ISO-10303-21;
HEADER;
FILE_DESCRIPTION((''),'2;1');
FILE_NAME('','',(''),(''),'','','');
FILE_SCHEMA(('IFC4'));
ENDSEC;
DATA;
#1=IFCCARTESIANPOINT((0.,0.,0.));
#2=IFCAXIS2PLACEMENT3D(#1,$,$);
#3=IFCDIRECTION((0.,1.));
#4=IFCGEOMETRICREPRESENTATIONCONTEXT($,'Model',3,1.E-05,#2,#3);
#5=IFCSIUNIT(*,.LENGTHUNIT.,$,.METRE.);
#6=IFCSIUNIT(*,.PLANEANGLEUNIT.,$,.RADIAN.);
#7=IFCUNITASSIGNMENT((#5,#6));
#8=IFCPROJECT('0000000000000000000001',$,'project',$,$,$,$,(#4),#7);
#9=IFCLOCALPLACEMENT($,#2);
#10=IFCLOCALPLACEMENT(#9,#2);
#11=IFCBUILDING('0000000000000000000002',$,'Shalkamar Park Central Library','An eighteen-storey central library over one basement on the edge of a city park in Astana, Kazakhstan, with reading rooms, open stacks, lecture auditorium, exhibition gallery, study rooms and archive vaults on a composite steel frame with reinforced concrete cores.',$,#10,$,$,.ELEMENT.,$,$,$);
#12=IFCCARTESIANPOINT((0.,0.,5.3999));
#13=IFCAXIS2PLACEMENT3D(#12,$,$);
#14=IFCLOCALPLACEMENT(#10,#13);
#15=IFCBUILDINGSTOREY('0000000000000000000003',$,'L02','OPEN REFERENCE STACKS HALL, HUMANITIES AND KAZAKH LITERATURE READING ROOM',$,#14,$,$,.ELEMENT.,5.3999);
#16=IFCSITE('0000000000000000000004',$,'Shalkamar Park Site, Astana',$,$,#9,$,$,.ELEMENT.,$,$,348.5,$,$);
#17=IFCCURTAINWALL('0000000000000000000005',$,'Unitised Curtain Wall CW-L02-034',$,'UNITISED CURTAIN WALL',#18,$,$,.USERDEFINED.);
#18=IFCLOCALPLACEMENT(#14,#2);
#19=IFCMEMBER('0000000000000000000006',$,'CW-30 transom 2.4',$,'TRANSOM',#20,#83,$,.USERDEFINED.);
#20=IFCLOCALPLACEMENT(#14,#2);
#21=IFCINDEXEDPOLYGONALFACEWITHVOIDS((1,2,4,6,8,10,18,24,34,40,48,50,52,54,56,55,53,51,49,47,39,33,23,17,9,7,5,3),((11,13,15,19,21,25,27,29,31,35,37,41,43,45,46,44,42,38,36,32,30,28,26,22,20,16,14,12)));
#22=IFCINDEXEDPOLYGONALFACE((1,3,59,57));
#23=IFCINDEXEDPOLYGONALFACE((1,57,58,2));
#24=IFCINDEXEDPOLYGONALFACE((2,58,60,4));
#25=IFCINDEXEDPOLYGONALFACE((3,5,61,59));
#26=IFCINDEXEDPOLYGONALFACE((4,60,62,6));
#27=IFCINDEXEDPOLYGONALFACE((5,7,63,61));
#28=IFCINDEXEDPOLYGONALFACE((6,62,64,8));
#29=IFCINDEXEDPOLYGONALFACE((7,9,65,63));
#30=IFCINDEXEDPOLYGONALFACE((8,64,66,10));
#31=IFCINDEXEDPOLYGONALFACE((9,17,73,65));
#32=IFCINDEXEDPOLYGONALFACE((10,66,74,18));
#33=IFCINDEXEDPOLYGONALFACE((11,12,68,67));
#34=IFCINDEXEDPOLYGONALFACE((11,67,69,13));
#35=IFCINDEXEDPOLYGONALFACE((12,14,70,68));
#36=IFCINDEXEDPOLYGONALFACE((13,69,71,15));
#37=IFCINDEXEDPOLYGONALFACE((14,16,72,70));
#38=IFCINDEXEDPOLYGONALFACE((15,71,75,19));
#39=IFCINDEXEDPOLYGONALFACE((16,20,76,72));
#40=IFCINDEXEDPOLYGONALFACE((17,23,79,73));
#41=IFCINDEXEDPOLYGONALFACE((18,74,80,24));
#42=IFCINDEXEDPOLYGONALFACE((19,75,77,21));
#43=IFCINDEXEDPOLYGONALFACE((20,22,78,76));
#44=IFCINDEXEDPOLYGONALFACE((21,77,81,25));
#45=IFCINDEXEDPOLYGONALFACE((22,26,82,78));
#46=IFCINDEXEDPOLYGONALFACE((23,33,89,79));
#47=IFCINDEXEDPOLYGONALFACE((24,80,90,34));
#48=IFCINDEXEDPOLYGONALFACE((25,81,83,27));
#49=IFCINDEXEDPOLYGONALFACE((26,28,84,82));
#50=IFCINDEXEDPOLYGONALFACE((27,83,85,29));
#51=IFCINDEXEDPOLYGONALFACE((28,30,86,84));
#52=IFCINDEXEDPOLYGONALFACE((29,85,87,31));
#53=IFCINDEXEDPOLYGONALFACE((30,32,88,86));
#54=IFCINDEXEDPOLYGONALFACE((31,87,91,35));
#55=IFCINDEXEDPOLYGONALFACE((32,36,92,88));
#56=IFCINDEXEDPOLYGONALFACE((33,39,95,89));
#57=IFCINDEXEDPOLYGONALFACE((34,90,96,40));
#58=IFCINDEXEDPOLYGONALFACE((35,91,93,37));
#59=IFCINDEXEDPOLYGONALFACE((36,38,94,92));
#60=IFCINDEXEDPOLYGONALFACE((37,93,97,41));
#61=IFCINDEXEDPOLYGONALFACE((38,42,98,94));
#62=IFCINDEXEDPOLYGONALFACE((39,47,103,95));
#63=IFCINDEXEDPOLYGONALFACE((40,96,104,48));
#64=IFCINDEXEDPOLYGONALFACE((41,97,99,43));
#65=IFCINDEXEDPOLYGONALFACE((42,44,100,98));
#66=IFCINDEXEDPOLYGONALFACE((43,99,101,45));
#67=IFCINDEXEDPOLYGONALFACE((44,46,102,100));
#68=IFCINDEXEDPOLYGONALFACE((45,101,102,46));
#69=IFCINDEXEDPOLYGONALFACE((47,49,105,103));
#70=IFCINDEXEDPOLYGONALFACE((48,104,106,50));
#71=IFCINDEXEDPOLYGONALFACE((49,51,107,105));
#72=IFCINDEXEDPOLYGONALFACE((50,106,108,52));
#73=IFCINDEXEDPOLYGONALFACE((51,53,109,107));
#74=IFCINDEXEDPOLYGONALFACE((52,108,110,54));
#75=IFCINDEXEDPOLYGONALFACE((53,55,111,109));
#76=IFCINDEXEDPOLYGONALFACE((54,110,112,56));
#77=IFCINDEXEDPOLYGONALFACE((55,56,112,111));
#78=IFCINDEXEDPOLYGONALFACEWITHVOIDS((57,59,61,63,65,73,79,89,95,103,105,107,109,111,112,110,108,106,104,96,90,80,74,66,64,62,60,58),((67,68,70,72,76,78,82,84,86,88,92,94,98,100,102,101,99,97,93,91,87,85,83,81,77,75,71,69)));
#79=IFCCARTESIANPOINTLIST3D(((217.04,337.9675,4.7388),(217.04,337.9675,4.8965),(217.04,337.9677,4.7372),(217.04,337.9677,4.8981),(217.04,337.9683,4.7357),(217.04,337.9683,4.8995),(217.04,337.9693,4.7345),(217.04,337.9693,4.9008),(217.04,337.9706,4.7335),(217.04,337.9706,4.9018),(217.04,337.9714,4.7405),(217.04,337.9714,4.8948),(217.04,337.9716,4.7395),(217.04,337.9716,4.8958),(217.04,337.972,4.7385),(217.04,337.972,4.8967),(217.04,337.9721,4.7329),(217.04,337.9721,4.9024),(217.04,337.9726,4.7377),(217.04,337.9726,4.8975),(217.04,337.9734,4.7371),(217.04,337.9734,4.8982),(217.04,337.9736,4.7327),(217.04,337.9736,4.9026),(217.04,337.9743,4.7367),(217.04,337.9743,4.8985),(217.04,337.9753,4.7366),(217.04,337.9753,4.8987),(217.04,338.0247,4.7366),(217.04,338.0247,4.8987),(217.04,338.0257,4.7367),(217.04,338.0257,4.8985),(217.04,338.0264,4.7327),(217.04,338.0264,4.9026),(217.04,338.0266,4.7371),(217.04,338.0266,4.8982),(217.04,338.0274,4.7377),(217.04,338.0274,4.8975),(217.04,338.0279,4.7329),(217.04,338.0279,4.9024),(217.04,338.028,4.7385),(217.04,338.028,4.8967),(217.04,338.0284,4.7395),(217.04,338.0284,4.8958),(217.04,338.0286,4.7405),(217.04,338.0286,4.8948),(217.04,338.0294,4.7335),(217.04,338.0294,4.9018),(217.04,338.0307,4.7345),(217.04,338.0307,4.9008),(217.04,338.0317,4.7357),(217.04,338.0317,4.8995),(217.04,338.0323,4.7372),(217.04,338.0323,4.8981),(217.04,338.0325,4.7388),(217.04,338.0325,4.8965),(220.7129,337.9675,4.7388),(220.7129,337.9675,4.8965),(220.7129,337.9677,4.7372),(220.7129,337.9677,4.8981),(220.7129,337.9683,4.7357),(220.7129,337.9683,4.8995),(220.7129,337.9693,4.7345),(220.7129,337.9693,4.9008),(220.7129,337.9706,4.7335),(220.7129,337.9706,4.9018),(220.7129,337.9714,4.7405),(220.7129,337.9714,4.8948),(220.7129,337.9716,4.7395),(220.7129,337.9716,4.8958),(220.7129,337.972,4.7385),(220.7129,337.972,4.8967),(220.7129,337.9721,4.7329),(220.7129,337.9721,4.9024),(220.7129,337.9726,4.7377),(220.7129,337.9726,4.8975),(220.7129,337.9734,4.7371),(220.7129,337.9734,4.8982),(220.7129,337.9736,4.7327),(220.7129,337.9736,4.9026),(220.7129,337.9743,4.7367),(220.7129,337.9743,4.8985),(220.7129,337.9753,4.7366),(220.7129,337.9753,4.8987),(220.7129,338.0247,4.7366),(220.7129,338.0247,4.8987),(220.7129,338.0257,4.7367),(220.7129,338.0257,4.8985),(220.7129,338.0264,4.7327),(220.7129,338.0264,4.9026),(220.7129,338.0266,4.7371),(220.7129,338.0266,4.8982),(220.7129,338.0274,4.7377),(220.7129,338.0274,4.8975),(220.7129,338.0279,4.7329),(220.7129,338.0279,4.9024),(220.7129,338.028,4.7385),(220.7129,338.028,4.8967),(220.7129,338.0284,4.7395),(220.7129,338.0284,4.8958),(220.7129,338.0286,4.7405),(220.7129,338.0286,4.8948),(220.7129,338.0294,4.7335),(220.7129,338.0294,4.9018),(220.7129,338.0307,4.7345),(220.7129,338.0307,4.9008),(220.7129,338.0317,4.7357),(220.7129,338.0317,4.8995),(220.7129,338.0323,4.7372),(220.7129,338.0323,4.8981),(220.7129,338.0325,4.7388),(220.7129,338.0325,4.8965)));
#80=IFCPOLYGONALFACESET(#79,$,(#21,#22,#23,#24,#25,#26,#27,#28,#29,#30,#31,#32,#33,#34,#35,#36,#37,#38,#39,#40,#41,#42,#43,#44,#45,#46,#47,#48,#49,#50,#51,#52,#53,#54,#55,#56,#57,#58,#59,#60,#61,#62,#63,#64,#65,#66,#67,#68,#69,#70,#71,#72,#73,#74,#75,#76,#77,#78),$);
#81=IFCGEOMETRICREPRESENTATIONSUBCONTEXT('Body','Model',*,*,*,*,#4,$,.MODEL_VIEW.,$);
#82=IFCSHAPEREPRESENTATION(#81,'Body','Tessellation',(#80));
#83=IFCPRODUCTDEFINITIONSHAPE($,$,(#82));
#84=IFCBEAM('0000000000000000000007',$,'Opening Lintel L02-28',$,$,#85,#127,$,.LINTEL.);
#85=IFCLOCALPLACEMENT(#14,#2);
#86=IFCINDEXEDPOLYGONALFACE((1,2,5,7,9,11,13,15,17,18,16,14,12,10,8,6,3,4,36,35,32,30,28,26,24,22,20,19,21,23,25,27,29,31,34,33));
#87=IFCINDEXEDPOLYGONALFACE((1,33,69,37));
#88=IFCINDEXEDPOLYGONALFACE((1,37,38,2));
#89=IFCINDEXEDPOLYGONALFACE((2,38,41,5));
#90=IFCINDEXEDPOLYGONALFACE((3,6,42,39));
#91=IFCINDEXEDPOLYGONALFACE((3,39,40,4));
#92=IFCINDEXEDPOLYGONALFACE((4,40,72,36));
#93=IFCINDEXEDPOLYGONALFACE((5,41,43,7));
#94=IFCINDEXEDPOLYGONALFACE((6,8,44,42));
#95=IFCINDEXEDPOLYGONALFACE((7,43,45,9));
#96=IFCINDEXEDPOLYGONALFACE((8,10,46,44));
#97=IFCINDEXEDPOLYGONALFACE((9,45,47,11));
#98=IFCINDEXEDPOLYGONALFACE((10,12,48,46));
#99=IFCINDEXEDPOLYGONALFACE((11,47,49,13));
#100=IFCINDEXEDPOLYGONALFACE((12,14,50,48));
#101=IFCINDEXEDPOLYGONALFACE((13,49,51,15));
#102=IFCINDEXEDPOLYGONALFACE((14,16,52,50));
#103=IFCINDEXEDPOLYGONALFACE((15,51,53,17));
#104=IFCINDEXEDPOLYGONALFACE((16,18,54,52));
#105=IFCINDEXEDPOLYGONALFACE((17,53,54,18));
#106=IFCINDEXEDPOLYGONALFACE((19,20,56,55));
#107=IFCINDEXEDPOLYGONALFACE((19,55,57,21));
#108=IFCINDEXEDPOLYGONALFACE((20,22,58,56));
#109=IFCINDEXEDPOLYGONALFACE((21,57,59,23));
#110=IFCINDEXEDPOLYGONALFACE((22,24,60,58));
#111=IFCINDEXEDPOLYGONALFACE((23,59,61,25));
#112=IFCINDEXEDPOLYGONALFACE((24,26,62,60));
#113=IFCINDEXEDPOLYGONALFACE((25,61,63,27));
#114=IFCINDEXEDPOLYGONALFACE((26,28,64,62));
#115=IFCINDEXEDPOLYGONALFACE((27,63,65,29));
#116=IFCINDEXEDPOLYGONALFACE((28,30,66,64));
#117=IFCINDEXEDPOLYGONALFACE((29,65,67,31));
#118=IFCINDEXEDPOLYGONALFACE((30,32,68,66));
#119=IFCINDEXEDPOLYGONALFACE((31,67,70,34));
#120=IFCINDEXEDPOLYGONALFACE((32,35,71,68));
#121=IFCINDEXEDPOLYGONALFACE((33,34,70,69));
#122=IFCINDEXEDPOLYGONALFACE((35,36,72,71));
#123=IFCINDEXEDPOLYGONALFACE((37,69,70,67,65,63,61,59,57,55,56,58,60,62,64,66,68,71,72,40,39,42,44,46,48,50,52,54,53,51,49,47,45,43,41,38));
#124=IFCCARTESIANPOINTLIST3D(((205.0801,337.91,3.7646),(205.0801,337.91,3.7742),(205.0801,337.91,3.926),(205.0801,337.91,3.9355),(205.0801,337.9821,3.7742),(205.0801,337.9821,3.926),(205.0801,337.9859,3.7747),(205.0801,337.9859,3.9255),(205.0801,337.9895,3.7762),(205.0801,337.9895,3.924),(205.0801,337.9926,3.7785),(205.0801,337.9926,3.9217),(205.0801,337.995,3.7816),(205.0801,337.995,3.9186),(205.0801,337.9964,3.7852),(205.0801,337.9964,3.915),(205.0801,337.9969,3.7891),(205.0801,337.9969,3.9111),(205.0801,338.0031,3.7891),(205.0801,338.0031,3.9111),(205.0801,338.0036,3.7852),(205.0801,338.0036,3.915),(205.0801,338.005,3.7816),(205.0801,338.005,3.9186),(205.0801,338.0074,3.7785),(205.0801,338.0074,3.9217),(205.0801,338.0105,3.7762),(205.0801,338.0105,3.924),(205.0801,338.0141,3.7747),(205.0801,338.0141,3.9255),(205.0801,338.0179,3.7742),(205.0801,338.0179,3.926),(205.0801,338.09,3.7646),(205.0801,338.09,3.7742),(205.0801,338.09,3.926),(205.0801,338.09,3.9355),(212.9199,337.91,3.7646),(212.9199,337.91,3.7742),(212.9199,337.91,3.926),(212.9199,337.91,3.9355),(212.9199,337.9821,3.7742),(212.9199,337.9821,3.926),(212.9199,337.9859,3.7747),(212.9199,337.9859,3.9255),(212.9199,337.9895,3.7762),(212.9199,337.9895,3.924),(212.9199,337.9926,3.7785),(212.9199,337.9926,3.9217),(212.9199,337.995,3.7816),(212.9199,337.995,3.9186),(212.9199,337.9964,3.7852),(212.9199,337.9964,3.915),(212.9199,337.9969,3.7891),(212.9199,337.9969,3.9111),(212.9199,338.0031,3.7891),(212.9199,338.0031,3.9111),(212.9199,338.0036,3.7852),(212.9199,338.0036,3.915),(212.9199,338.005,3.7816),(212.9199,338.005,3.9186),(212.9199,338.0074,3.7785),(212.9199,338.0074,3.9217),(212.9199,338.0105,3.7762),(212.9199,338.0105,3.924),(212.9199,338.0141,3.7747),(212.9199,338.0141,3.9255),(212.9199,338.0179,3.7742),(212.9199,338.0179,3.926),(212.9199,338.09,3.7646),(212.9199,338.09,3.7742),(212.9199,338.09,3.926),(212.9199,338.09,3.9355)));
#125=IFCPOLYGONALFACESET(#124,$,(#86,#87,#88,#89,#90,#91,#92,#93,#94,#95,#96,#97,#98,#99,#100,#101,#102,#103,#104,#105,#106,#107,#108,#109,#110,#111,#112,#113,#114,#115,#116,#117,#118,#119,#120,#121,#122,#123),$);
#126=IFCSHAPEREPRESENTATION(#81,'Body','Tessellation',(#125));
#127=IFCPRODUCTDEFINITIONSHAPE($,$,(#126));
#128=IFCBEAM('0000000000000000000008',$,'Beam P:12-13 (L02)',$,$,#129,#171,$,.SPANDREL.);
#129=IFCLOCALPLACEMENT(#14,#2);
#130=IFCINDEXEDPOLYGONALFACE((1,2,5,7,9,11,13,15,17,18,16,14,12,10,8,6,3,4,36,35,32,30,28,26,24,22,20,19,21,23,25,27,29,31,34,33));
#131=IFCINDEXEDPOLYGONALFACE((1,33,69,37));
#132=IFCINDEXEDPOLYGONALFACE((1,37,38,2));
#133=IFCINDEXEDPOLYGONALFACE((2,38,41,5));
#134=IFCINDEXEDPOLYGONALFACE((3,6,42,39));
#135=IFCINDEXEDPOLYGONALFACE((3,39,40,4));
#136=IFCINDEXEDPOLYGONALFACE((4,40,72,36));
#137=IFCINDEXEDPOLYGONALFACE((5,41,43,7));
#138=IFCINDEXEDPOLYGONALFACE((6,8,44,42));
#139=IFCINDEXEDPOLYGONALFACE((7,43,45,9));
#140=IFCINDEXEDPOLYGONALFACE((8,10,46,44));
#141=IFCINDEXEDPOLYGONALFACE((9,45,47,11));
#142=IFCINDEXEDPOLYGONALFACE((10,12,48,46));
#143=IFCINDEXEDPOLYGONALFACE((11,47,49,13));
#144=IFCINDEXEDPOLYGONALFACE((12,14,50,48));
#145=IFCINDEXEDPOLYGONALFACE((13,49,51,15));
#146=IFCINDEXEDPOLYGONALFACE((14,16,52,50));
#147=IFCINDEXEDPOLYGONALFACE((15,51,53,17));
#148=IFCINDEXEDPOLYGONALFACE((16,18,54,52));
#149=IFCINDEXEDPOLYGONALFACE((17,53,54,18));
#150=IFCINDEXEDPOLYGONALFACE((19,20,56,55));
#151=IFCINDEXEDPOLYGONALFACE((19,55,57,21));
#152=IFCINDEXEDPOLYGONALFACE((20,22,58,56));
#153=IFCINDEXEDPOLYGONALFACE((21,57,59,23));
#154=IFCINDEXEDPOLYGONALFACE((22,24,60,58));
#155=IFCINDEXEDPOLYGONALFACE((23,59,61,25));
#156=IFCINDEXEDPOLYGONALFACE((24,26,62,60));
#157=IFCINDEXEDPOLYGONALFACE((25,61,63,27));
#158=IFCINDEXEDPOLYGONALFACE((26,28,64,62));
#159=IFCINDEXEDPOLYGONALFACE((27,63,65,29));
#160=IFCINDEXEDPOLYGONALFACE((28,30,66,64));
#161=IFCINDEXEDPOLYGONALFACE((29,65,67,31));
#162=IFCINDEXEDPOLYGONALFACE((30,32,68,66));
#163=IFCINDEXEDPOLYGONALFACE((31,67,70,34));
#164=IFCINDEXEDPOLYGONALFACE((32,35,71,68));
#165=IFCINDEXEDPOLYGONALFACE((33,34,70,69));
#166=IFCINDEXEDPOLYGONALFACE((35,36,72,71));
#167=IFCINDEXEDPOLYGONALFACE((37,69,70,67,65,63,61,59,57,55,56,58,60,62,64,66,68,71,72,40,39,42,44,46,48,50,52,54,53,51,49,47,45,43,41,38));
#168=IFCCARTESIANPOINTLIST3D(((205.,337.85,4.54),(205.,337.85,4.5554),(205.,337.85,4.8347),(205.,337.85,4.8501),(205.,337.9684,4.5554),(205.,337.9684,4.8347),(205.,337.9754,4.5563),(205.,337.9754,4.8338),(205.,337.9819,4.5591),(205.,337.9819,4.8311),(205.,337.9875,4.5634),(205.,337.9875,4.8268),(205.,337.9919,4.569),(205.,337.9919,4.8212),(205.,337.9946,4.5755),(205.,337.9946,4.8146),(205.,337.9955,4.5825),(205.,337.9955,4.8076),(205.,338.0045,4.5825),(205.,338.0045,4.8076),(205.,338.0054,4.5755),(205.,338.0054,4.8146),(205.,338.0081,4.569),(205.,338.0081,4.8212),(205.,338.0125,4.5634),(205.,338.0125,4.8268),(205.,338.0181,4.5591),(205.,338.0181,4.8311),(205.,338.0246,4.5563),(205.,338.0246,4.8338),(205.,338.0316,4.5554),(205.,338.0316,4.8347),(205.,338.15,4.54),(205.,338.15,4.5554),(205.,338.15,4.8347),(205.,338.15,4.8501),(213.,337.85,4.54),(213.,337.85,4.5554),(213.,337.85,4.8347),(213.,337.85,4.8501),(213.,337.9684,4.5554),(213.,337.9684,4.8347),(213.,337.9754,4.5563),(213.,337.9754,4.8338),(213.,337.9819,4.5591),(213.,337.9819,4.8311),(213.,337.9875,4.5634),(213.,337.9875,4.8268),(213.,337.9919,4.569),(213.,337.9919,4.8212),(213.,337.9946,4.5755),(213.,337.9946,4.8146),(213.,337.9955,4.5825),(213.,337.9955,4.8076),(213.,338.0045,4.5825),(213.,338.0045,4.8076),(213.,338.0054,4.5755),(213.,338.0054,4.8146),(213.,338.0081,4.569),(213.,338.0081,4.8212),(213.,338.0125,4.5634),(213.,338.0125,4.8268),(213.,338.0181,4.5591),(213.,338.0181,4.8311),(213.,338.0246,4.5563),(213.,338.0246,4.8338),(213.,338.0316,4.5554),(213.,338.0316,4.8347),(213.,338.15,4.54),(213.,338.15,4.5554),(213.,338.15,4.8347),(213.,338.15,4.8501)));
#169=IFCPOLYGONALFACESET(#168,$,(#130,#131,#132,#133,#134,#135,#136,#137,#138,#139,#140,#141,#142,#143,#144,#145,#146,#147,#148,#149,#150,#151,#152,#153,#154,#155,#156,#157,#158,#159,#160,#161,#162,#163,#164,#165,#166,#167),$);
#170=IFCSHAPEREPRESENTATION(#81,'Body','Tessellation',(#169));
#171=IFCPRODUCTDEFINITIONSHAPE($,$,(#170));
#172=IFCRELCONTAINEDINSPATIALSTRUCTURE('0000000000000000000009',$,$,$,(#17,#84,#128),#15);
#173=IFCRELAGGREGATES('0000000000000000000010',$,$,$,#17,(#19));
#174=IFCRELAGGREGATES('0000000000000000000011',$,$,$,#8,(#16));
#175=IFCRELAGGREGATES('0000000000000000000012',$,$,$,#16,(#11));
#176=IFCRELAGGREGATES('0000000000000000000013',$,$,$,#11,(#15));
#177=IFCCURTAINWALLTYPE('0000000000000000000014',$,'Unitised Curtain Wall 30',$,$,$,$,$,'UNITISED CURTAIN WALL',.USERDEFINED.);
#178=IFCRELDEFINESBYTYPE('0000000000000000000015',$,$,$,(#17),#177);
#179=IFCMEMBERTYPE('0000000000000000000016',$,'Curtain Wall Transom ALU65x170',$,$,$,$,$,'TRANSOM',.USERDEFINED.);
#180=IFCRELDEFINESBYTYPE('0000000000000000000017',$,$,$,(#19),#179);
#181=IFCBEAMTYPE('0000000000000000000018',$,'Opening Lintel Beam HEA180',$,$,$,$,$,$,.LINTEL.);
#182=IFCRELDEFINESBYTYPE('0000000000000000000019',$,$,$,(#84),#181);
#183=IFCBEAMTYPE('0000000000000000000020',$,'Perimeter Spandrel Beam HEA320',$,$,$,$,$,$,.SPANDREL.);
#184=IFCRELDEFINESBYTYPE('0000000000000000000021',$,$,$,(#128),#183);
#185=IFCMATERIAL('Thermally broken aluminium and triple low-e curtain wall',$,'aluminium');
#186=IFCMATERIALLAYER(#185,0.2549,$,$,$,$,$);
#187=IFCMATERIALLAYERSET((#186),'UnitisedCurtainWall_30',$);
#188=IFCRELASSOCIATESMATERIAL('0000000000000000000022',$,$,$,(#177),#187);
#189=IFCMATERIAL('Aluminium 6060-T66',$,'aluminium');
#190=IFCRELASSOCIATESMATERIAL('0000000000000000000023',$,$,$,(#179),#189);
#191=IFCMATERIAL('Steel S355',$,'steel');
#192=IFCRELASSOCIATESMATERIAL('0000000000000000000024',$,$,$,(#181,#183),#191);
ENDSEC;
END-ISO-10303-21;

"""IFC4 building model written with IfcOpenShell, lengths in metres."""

from ifc_helpers import new_model, si_unit, direction, frame, origin, origin_2d, place, context, subcontext, project, spatial, hollow_rectangle, i_section, extrude, material, layer, layer_set, material_profile, profile_set, type_object, element, aggregate, save


model = new_model("IFC4")

# Units and contexts
model_context = context("Model", 3, precision=1e-05, world=origin(), true_north=direction((0.0, 1.0)))
body_context = subcontext(model_context, "Body", "Model", "MODEL_VIEW")
ifc_project = project(units=[si_unit("LENGTHUNIT", "METRE"), si_unit("PLANEANGLEUNIT", "RADIAN")], contexts=[model_context])

# Site, building, storey
site_placement = place(None, origin())
site = spatial("IfcSite", under=ifc_project, at=site_placement, Name="Shalkamar Park Site, Astana", CompositionType="ELEMENT", RefElevation=348.5)
building_placement = place(site_placement, origin())
building = spatial("IfcBuilding", under=site, at=building_placement, Name="Shalkamar Park Central Library", Description="An eighteen-storey central library over one basement on the edge of a city park in Astana, Kazakhstan, with reading rooms, open stacks, lecture auditorium, exhibition gallery, study rooms and archive vaults on a composite steel frame with reinforced concrete cores.", CompositionType="ELEMENT")
storey_placement = place(building_placement, frame((0.0, 0.0, 5.3999)))
storey = spatial("IfcBuildingStorey", under=building, at=storey_placement, Name="L02", Description="OPEN REFERENCE STACKS HALL, HUMANITIES AND KAZAKH LITERATURE READING ROOM", CompositionType="ELEMENT", Elevation=5.3999)

# Shared definitions
ifc_material_1 = material(Name="Steel S355", Category="steel")

# Shared definitions
ifc_material_2 = material(Name="Thermally broken aluminium and triple low-e curtain wall", Category="aluminium")
ifc_material_3 = material(Name="Aluminium 6060-T66", Category="aluminium")

# Curtain wall
ifc_layer_1 = layer(ifc_material_2, 0.2549)
ifc_layer_set_1 = layer_set([ifc_layer_1], Name="UnitisedCurtainWall_30")
curtain_wall_type_1 = type_object("IfcCurtainWallType", Name="Unitised Curtain Wall 30", ElementType="UNITISED CURTAIN WALL", PredefinedType="USERDEFINED", material=ifc_layer_set_1)
curtain_wall_1_placement = place(storey_placement, origin())
curtain_wall_1 = element("IfcCurtainWall", 1, at=curtain_wall_1_placement, inside=storey, type_object=curtain_wall_type_1, Name="Unitised Curtain Wall CW-L02-034", ObjectType="UNITISED CURTAIN WALL", PredefinedType="USERDEFINED")

# Member
ifc_material_profile_1 = material_profile(ifc_material_3, hollow_rectangle(XDim=0.0649, YDim=0.1699, WallThickness=0.0039, InnerFilletRadius=0.0039, OuterFilletRadius=0.0061, at=origin_2d()), Name="ALU 65x170x4")
ifc_profile_set_1 = profile_set([ifc_material_profile_1], Name="Aluminium 6060-T66")
member_type_1 = type_object("IfcMemberType", Name="Curtain Wall Transom ALU65x170", ElementType="TRANSOM", PredefinedType="USERDEFINED", material=ifc_profile_set_1)
member_1_placement = place(storey_placement, frame((217.04, 338.0, 4.8176), z_axis=(1.0, 0.0, 0.0), x_axis=(0.0, 1.0, 0.0)))
member_1 = element("IfcMember", 2, at=member_1_placement, type_object=member_type_1, Name="CW-30 transom 2.4", ObjectType="TRANSOM", PredefinedType="USERDEFINED", context=body_context, shape_type="SweptSolid", body=[
    extrude(hollow_rectangle(XDim=0.0649, YDim=0.1699, WallThickness=0.0039, InnerFilletRadius=0.0039, OuterFilletRadius=0.0061, at=origin_2d()), origin(), (0.0, 0.0, 1.0), 3.6729),
])

# Beams
ifc_material_profile_2 = material_profile(ifc_material_1, i_section(OverallWidth=0.1799, OverallDepth=0.1709, WebThickness=0.0061, FlangeThickness=0.0095, FilletRadius=0.0149, at=origin_2d()), Name="HEA 180")
ifc_profile_set_2 = profile_set([ifc_material_profile_2], Name="Steel S355")
beam_type_1 = type_object("IfcBeamType", Name="Opening Lintel Beam HEA180", PredefinedType="LINTEL", material=ifc_profile_set_2)
beam_placement = place(storey_placement, frame((205.0801, 338.0, 3.8501), z_axis=(1.0, 0.0, 0.0), x_axis=(0.0, 1.0, 0.0)))
element("IfcBeam", 3, at=beam_placement, inside=storey, type_object=beam_type_1, Name="Opening Lintel L02-28", PredefinedType="LINTEL", context=body_context, shape_type="SweptSolid", body=[
    extrude(i_section(OverallWidth=0.1799, OverallDepth=0.1709, WebThickness=0.0061, FlangeThickness=0.0095, FilletRadius=0.0149, at=origin_2d()), origin(), (0.0, 0.0, 1.0), 7.8398),
])
ifc_material_profile_3 = material_profile(ifc_material_1, i_section(OverallWidth=0.3, OverallDepth=0.3101, WebThickness=0.009, FlangeThickness=0.0154, FilletRadius=0.0271, at=origin_2d()), Name="HEA 320")
ifc_profile_set_3 = profile_set([ifc_material_profile_3], Name="Steel S355")
beam_type_2 = type_object("IfcBeamType", Name="Perimeter Spandrel Beam HEA320", PredefinedType="SPANDREL", material=ifc_profile_set_3)
for number, where, z_axis, x_axis, name in (
    (4, (205.0, 338.0, 4.6951), (1.0, 0.0, 0.0), (0.0, 1.0, 0.0), "Beam P:12-13 (L02)"),
):
    element("IfcBeam", number, at=place(storey_placement, frame(where, z_axis=z_axis, x_axis=x_axis)), inside=storey, type_object=beam_type_2, Name=name, PredefinedType="SPANDREL", context=body_context, shape_type="SweptSolid", body=[
        extrude(i_section(OverallWidth=0.3, OverallDepth=0.3101, WebThickness=0.009, FlangeThickness=0.0154, FilletRadius=0.0271, at=origin_2d()), origin(), (0.0, 0.0, 1.0), 8.0),
    ])

aggregate(curtain_wall_1, [member_1])

save(model, "model.ifc")
